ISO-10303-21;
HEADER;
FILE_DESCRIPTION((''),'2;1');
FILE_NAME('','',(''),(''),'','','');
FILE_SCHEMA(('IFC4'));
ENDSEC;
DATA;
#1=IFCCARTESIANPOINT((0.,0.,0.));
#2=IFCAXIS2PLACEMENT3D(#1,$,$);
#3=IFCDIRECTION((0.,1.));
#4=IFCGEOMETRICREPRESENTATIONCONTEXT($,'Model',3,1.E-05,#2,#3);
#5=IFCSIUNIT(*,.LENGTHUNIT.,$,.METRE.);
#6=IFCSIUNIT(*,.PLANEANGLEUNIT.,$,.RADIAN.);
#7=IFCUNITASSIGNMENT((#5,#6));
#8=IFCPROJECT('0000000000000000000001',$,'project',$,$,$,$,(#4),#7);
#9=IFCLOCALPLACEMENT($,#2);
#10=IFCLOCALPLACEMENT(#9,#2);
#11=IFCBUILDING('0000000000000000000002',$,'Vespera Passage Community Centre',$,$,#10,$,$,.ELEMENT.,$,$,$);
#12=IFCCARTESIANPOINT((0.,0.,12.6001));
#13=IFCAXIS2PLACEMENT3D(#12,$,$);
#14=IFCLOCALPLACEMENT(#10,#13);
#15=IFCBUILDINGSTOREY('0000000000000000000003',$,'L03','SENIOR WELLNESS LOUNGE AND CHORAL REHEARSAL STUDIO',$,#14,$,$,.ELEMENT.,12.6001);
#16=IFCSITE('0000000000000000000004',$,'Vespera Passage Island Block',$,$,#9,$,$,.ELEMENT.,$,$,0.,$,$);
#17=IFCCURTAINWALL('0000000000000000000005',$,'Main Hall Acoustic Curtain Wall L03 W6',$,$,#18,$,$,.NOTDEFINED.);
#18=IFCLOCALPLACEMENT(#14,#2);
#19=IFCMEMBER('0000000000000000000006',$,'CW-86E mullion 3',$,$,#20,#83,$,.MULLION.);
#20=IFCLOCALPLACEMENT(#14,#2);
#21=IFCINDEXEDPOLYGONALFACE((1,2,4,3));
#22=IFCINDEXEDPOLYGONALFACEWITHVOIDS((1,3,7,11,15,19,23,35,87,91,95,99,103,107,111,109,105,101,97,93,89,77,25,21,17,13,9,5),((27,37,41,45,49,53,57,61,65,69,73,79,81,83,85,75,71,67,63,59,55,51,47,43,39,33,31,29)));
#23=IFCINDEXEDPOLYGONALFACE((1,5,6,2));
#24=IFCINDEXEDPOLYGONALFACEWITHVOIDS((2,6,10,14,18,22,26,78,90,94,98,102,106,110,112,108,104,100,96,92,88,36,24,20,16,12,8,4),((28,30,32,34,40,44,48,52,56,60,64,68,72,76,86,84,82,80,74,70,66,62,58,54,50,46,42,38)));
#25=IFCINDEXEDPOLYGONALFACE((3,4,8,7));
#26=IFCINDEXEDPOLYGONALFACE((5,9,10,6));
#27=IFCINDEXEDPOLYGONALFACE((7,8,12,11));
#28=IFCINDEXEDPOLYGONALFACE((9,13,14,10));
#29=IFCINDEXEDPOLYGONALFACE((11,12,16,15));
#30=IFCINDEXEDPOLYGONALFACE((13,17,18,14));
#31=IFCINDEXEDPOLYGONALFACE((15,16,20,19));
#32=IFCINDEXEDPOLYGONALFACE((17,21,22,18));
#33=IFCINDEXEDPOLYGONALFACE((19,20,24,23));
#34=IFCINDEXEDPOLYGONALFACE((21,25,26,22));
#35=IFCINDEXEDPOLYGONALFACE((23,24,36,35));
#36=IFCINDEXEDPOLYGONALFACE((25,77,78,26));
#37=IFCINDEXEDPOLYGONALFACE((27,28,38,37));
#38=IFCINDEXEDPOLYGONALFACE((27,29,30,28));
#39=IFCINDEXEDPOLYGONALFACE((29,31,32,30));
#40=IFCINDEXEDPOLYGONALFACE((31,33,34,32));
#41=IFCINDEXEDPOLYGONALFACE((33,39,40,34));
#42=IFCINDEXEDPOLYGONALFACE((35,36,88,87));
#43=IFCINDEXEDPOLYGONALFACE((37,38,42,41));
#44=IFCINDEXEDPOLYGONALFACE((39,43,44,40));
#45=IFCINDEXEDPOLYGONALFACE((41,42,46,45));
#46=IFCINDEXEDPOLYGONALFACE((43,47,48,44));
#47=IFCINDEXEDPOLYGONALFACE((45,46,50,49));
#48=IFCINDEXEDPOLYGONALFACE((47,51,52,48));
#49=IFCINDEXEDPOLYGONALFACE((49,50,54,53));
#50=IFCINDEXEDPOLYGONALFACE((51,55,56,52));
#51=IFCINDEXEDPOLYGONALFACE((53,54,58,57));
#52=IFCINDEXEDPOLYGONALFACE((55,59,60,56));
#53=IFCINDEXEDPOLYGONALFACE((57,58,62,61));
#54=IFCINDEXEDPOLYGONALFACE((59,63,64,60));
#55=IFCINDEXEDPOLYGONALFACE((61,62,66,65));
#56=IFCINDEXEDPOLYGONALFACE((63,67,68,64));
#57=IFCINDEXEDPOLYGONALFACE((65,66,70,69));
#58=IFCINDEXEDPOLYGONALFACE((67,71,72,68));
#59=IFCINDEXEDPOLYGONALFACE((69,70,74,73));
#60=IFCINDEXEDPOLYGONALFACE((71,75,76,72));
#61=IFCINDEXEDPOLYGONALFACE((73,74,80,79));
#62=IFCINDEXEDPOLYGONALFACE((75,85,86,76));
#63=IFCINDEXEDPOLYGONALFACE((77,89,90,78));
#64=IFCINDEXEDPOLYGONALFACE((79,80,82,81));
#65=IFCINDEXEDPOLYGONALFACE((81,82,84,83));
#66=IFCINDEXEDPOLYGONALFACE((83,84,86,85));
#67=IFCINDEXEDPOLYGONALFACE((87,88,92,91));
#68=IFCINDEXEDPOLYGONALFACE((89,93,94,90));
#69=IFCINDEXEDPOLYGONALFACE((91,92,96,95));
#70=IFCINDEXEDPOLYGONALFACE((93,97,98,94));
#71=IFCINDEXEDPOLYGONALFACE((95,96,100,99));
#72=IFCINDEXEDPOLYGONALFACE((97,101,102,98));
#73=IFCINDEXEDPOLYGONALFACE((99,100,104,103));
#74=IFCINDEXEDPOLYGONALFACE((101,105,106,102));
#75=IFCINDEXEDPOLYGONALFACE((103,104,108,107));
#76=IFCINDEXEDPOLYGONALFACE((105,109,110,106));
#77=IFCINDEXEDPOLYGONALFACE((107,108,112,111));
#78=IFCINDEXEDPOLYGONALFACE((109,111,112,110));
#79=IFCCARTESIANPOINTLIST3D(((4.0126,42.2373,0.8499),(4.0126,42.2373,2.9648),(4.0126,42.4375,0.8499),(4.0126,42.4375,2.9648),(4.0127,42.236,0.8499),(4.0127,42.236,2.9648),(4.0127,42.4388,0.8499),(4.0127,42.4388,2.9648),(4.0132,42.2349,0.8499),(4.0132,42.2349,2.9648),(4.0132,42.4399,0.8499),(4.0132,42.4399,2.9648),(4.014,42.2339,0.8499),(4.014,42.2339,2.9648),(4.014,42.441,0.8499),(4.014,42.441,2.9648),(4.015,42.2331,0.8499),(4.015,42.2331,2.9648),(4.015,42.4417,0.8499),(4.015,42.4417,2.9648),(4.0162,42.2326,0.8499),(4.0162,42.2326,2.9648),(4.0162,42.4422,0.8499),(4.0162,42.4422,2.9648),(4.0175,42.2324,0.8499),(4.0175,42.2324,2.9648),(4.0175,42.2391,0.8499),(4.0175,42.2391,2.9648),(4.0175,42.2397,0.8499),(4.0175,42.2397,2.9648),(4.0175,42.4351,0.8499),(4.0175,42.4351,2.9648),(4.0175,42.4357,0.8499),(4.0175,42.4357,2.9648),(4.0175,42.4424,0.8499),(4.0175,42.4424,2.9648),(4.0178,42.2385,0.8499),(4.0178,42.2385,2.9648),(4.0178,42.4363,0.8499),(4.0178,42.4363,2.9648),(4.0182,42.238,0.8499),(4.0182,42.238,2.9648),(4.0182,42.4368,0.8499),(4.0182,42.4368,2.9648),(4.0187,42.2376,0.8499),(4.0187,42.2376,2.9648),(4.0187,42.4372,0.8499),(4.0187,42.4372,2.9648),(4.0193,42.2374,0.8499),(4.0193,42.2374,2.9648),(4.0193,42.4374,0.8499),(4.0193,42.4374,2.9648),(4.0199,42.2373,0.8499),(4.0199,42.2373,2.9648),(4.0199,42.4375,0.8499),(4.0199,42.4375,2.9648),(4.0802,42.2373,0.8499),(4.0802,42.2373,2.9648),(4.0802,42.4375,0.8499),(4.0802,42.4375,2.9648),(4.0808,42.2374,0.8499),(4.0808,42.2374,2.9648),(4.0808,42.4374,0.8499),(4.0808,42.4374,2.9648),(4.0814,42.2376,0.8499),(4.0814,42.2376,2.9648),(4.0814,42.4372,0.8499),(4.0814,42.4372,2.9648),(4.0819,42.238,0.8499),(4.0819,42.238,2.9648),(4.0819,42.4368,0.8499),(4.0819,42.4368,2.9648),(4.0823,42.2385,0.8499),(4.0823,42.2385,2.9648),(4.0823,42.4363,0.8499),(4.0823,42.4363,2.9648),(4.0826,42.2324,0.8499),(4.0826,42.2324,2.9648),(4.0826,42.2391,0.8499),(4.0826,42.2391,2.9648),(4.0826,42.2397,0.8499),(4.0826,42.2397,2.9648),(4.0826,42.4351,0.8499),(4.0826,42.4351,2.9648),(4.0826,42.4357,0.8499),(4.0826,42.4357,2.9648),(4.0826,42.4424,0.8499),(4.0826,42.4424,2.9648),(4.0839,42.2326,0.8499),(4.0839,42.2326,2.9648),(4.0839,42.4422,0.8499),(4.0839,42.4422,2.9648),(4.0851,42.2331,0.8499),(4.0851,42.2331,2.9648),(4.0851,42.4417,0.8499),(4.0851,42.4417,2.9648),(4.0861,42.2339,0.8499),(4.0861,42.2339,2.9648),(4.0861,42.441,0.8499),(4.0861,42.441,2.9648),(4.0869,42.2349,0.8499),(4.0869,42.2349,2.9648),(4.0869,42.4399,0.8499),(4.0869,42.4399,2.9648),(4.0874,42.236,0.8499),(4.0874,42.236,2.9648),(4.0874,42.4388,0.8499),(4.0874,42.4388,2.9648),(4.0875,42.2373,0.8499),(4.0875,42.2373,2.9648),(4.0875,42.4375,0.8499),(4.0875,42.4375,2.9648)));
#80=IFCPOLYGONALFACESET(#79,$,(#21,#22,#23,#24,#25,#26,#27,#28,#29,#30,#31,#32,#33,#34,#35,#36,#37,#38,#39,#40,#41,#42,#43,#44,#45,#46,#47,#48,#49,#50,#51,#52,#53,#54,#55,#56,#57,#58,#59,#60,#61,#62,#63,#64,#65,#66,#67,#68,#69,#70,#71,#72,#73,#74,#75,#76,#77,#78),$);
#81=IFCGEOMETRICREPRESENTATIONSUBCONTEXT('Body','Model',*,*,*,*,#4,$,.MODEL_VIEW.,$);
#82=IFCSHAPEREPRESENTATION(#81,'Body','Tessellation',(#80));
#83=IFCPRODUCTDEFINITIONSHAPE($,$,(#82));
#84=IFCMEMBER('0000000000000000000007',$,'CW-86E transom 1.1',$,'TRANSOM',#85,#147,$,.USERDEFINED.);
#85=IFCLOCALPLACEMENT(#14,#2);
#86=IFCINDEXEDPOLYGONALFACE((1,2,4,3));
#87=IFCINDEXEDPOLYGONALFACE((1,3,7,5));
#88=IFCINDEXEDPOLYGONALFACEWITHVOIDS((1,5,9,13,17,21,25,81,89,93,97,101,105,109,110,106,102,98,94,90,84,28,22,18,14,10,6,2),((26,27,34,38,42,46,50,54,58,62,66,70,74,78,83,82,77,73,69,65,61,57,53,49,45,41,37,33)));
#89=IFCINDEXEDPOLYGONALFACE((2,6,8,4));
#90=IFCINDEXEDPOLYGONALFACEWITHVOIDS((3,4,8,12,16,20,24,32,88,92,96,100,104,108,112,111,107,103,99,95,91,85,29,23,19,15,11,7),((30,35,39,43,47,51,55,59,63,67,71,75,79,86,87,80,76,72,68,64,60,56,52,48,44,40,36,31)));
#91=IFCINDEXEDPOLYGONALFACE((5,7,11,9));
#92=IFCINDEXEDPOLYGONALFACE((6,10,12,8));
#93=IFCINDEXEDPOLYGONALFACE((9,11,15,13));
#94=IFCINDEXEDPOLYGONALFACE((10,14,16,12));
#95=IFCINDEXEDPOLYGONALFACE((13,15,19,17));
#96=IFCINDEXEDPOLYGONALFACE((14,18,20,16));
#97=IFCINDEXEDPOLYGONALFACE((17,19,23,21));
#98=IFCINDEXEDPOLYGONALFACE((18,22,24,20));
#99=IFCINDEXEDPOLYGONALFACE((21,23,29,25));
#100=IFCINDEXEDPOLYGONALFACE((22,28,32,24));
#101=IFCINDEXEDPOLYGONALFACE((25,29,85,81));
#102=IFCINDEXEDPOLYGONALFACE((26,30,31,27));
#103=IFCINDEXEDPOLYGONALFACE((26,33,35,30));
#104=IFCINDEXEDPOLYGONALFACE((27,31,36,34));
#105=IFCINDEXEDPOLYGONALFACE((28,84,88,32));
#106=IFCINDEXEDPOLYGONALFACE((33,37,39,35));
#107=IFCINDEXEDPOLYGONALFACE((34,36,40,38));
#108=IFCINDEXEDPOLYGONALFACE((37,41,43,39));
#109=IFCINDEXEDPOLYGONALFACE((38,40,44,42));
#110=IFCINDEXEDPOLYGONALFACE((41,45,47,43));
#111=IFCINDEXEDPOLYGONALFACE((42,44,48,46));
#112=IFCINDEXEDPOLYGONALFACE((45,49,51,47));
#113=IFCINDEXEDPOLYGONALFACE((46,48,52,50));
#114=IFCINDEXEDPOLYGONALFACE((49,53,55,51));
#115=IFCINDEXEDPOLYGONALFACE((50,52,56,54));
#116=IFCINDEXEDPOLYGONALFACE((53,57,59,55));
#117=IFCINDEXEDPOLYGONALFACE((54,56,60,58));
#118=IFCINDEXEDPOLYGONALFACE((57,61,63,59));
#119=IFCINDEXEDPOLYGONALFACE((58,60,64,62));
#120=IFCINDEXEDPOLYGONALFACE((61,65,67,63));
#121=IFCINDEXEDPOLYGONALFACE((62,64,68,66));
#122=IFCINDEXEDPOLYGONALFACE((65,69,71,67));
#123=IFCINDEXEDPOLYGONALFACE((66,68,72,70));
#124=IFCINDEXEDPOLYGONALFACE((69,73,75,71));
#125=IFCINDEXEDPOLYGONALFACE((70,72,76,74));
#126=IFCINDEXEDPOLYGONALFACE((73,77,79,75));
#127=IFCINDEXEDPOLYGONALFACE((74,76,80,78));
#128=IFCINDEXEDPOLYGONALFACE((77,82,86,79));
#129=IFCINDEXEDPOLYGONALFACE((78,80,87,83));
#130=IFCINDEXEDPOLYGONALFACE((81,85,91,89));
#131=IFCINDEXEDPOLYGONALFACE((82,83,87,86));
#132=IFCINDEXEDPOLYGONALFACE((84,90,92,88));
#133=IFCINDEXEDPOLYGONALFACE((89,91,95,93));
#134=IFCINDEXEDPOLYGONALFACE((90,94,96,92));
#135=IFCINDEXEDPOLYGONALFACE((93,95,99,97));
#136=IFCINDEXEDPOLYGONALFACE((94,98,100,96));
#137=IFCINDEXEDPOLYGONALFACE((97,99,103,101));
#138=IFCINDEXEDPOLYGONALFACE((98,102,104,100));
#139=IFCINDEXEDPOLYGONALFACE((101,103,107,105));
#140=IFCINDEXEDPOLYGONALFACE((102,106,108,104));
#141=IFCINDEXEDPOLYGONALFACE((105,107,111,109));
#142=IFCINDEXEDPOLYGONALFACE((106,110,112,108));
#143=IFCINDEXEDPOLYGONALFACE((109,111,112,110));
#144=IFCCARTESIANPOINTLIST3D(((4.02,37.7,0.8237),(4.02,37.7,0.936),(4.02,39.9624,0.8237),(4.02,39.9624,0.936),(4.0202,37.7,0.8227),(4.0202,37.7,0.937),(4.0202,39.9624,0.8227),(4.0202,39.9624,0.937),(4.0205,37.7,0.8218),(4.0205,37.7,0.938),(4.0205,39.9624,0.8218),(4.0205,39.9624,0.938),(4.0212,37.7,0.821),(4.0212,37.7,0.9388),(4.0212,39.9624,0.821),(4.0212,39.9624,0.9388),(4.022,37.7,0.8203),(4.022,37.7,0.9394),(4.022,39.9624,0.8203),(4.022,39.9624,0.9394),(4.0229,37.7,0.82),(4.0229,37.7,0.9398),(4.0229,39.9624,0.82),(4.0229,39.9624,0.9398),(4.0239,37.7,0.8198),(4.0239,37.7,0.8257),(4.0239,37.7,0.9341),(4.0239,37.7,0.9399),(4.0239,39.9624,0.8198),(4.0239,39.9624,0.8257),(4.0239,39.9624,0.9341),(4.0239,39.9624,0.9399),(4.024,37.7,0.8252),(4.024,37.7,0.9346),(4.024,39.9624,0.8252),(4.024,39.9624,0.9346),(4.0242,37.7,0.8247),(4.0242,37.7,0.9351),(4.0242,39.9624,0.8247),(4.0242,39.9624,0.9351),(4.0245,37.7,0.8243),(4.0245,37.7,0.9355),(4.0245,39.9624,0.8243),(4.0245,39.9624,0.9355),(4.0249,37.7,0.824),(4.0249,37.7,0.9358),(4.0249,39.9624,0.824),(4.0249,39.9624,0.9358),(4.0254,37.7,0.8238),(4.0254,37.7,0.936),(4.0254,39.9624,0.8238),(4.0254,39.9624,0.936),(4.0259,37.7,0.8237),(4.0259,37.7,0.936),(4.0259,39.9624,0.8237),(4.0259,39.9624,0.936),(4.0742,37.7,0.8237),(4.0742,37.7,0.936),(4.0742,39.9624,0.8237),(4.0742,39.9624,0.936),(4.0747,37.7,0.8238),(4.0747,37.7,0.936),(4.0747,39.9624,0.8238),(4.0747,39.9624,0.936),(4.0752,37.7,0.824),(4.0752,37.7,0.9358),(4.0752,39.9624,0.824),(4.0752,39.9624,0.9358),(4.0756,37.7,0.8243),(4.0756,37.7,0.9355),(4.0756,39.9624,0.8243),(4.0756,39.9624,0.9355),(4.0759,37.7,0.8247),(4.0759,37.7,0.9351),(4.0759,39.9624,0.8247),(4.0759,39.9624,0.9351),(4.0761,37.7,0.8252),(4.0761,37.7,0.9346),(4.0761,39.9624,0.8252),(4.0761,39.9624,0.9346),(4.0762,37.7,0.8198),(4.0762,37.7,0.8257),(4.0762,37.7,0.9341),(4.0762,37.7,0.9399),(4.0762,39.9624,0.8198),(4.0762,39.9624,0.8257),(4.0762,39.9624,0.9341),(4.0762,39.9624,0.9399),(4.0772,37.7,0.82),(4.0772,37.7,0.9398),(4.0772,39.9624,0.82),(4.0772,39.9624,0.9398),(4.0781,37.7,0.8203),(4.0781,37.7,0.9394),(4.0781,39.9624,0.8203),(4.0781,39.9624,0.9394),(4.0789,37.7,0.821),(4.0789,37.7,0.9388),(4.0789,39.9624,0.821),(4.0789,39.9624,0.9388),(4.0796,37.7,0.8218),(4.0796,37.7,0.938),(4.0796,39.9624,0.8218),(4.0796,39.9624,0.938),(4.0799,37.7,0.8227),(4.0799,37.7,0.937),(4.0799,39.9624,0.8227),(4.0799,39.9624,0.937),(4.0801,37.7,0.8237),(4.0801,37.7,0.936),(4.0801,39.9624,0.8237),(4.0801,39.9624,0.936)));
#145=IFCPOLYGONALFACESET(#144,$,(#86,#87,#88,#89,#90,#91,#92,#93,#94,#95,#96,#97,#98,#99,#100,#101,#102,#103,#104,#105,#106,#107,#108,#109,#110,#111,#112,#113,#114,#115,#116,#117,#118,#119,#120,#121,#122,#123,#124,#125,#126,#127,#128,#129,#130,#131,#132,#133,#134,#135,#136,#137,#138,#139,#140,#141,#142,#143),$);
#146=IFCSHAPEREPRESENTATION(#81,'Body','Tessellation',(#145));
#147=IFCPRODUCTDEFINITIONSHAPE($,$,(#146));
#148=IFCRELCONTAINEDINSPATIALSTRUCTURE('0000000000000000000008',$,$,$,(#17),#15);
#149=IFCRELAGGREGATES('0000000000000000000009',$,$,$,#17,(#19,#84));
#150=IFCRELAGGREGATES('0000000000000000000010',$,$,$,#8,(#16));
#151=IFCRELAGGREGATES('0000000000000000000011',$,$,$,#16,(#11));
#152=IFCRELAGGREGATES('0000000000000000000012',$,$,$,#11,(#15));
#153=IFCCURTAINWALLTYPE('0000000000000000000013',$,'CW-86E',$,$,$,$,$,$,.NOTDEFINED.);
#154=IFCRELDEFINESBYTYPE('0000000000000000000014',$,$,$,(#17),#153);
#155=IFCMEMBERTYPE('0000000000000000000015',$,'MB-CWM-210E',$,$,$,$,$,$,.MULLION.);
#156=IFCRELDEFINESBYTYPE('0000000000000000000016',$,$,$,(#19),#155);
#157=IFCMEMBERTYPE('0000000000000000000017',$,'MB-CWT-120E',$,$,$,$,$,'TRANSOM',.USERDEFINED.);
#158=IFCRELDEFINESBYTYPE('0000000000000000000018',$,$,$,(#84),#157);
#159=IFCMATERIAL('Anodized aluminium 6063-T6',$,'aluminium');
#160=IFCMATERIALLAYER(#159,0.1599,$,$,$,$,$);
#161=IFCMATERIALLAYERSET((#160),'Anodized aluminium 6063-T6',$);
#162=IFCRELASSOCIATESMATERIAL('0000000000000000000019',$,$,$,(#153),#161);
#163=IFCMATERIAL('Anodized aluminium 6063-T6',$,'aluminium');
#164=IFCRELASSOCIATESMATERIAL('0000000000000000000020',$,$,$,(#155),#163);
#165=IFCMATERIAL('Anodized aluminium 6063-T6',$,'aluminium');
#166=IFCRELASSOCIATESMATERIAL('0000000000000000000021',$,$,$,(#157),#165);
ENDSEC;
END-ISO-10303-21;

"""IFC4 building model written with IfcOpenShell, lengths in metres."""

from ifc_helpers import new_model, si_unit, direction, frame, origin, origin_2d, place, context, subcontext, project, spatial, hollow_rectangle, extrude, material, layer, layer_set, material_profile, profile_set, type_object, element, aggregate, save


model = new_model("IFC4")

# Units and contexts
model_context = context("Model", 3, precision=1e-05, world=origin(), true_north=direction((0.0, 1.0)))
body_context = subcontext(model_context, "Body", "Model", "MODEL_VIEW")
ifc_project = project(units=[si_unit("LENGTHUNIT", "METRE"), si_unit("PLANEANGLEUNIT", "RADIAN")], contexts=[model_context])

# Site, building, storey
site_placement = place(None, origin())
site = spatial("IfcSite", under=ifc_project, at=site_placement, Name="Vespera Passage Island Block", CompositionType="ELEMENT", RefElevation=0.0)
building_placement = place(site_placement, origin())
building = spatial("IfcBuilding", under=site, at=building_placement, Name="Vespera Passage Community Centre", CompositionType="ELEMENT")
storey_placement = place(building_placement, frame((0.0, 0.0, 12.6001)))
storey = spatial("IfcBuildingStorey", under=building, at=storey_placement, Name="L03", Description="SENIOR WELLNESS LOUNGE AND CHORAL REHEARSAL STUDIO", CompositionType="ELEMENT", Elevation=12.6001)

# Curtain wall, members
ifc_material_1 = material(Name="Anodized aluminium 6063-T6", Category="aluminium")
ifc_layer_1 = layer(ifc_material_1, 0.1599)
ifc_layer_set_1 = layer_set([ifc_layer_1], Name="Anodized aluminium 6063-T6")
curtain_wall_type = type_object("IfcCurtainWallType", Name="CW-86E", PredefinedType="NOTDEFINED", material=ifc_layer_set_1)
curtain_wall_placement = place(storey_placement, origin())
curtain_wall = element("IfcCurtainWall", 1, at=curtain_wall_placement, inside=storey, type_object=curtain_wall_type, Name="Main Hall Acoustic Curtain Wall L03 W6", PredefinedType="NOTDEFINED")
ifc_material_2 = material(Name="Anodized aluminium 6063-T6", Category="aluminium")
ifc_material_profile_1 = material_profile(ifc_material_2, hollow_rectangle(XDim=0.075, YDim=0.21, WallThickness=0.0049, InnerFilletRadius=0.0024, OuterFilletRadius=0.0049, at=origin_2d()), Name="ALU210X75X5")
ifc_profile_set_1 = profile_set([ifc_material_profile_1], Name="Anodized aluminium 6063-T6")
member_type_1 = type_object("IfcMemberType", Name="MB-CWM-210E", PredefinedType="MULLION", material=ifc_profile_set_1)
member_1_placement = place(storey_placement, frame((4.05, 42.3374, 0.8499), z_axis=(0.0, 0.0, 1.0), x_axis=(-1.0, 0.0, 0.0)))
member_1 = element("IfcMember", 2, at=member_1_placement, type_object=member_type_1, Name="CW-86E mullion 3", PredefinedType="MULLION", context=body_context, shape_type="SweptSolid", body=[
    extrude(hollow_rectangle(XDim=0.075, YDim=0.21, WallThickness=0.0049, InnerFilletRadius=0.0024, OuterFilletRadius=0.0049, at=origin_2d()), origin(), (0.0, 0.0, 1.0), 2.115),
])
ifc_material_3 = material(Name="Anodized aluminium 6063-T6", Category="aluminium")
ifc_material_profile_2 = material_profile(ifc_material_3, hollow_rectangle(XDim=0.0601, YDim=0.1201, WallThickness=0.0039, InnerFilletRadius=0.002, OuterFilletRadius=0.0039, at=origin_2d()), Name="ALU120X60X4")
ifc_profile_set_2 = profile_set([ifc_material_profile_2], Name="Anodized aluminium 6063-T6")
member_type_2 = type_object("IfcMemberType", Name="MB-CWT-120E", ElementType="TRANSOM", PredefinedType="USERDEFINED", material=ifc_profile_set_2)
member_2_placement = place(storey_placement, frame((4.05, 37.7, 0.8799), z_axis=(0.0, 1.0, 0.0), x_axis=(-1.0, 0.0, 0.0)))
member_2 = element("IfcMember", 3, at=member_2_placement, type_object=member_type_2, Name="CW-86E transom 1.1", ObjectType="TRANSOM", PredefinedType="USERDEFINED", context=body_context, shape_type="SweptSolid", body=[
    extrude(hollow_rectangle(XDim=0.0601, YDim=0.1201, WallThickness=0.0039, InnerFilletRadius=0.002, OuterFilletRadius=0.0039, at=origin_2d()), origin(), (0.0, 0.0, 1.0), 2.2625),
])
aggregate(curtain_wall, [member_1, member_2])

save(model, "model.ifc")
